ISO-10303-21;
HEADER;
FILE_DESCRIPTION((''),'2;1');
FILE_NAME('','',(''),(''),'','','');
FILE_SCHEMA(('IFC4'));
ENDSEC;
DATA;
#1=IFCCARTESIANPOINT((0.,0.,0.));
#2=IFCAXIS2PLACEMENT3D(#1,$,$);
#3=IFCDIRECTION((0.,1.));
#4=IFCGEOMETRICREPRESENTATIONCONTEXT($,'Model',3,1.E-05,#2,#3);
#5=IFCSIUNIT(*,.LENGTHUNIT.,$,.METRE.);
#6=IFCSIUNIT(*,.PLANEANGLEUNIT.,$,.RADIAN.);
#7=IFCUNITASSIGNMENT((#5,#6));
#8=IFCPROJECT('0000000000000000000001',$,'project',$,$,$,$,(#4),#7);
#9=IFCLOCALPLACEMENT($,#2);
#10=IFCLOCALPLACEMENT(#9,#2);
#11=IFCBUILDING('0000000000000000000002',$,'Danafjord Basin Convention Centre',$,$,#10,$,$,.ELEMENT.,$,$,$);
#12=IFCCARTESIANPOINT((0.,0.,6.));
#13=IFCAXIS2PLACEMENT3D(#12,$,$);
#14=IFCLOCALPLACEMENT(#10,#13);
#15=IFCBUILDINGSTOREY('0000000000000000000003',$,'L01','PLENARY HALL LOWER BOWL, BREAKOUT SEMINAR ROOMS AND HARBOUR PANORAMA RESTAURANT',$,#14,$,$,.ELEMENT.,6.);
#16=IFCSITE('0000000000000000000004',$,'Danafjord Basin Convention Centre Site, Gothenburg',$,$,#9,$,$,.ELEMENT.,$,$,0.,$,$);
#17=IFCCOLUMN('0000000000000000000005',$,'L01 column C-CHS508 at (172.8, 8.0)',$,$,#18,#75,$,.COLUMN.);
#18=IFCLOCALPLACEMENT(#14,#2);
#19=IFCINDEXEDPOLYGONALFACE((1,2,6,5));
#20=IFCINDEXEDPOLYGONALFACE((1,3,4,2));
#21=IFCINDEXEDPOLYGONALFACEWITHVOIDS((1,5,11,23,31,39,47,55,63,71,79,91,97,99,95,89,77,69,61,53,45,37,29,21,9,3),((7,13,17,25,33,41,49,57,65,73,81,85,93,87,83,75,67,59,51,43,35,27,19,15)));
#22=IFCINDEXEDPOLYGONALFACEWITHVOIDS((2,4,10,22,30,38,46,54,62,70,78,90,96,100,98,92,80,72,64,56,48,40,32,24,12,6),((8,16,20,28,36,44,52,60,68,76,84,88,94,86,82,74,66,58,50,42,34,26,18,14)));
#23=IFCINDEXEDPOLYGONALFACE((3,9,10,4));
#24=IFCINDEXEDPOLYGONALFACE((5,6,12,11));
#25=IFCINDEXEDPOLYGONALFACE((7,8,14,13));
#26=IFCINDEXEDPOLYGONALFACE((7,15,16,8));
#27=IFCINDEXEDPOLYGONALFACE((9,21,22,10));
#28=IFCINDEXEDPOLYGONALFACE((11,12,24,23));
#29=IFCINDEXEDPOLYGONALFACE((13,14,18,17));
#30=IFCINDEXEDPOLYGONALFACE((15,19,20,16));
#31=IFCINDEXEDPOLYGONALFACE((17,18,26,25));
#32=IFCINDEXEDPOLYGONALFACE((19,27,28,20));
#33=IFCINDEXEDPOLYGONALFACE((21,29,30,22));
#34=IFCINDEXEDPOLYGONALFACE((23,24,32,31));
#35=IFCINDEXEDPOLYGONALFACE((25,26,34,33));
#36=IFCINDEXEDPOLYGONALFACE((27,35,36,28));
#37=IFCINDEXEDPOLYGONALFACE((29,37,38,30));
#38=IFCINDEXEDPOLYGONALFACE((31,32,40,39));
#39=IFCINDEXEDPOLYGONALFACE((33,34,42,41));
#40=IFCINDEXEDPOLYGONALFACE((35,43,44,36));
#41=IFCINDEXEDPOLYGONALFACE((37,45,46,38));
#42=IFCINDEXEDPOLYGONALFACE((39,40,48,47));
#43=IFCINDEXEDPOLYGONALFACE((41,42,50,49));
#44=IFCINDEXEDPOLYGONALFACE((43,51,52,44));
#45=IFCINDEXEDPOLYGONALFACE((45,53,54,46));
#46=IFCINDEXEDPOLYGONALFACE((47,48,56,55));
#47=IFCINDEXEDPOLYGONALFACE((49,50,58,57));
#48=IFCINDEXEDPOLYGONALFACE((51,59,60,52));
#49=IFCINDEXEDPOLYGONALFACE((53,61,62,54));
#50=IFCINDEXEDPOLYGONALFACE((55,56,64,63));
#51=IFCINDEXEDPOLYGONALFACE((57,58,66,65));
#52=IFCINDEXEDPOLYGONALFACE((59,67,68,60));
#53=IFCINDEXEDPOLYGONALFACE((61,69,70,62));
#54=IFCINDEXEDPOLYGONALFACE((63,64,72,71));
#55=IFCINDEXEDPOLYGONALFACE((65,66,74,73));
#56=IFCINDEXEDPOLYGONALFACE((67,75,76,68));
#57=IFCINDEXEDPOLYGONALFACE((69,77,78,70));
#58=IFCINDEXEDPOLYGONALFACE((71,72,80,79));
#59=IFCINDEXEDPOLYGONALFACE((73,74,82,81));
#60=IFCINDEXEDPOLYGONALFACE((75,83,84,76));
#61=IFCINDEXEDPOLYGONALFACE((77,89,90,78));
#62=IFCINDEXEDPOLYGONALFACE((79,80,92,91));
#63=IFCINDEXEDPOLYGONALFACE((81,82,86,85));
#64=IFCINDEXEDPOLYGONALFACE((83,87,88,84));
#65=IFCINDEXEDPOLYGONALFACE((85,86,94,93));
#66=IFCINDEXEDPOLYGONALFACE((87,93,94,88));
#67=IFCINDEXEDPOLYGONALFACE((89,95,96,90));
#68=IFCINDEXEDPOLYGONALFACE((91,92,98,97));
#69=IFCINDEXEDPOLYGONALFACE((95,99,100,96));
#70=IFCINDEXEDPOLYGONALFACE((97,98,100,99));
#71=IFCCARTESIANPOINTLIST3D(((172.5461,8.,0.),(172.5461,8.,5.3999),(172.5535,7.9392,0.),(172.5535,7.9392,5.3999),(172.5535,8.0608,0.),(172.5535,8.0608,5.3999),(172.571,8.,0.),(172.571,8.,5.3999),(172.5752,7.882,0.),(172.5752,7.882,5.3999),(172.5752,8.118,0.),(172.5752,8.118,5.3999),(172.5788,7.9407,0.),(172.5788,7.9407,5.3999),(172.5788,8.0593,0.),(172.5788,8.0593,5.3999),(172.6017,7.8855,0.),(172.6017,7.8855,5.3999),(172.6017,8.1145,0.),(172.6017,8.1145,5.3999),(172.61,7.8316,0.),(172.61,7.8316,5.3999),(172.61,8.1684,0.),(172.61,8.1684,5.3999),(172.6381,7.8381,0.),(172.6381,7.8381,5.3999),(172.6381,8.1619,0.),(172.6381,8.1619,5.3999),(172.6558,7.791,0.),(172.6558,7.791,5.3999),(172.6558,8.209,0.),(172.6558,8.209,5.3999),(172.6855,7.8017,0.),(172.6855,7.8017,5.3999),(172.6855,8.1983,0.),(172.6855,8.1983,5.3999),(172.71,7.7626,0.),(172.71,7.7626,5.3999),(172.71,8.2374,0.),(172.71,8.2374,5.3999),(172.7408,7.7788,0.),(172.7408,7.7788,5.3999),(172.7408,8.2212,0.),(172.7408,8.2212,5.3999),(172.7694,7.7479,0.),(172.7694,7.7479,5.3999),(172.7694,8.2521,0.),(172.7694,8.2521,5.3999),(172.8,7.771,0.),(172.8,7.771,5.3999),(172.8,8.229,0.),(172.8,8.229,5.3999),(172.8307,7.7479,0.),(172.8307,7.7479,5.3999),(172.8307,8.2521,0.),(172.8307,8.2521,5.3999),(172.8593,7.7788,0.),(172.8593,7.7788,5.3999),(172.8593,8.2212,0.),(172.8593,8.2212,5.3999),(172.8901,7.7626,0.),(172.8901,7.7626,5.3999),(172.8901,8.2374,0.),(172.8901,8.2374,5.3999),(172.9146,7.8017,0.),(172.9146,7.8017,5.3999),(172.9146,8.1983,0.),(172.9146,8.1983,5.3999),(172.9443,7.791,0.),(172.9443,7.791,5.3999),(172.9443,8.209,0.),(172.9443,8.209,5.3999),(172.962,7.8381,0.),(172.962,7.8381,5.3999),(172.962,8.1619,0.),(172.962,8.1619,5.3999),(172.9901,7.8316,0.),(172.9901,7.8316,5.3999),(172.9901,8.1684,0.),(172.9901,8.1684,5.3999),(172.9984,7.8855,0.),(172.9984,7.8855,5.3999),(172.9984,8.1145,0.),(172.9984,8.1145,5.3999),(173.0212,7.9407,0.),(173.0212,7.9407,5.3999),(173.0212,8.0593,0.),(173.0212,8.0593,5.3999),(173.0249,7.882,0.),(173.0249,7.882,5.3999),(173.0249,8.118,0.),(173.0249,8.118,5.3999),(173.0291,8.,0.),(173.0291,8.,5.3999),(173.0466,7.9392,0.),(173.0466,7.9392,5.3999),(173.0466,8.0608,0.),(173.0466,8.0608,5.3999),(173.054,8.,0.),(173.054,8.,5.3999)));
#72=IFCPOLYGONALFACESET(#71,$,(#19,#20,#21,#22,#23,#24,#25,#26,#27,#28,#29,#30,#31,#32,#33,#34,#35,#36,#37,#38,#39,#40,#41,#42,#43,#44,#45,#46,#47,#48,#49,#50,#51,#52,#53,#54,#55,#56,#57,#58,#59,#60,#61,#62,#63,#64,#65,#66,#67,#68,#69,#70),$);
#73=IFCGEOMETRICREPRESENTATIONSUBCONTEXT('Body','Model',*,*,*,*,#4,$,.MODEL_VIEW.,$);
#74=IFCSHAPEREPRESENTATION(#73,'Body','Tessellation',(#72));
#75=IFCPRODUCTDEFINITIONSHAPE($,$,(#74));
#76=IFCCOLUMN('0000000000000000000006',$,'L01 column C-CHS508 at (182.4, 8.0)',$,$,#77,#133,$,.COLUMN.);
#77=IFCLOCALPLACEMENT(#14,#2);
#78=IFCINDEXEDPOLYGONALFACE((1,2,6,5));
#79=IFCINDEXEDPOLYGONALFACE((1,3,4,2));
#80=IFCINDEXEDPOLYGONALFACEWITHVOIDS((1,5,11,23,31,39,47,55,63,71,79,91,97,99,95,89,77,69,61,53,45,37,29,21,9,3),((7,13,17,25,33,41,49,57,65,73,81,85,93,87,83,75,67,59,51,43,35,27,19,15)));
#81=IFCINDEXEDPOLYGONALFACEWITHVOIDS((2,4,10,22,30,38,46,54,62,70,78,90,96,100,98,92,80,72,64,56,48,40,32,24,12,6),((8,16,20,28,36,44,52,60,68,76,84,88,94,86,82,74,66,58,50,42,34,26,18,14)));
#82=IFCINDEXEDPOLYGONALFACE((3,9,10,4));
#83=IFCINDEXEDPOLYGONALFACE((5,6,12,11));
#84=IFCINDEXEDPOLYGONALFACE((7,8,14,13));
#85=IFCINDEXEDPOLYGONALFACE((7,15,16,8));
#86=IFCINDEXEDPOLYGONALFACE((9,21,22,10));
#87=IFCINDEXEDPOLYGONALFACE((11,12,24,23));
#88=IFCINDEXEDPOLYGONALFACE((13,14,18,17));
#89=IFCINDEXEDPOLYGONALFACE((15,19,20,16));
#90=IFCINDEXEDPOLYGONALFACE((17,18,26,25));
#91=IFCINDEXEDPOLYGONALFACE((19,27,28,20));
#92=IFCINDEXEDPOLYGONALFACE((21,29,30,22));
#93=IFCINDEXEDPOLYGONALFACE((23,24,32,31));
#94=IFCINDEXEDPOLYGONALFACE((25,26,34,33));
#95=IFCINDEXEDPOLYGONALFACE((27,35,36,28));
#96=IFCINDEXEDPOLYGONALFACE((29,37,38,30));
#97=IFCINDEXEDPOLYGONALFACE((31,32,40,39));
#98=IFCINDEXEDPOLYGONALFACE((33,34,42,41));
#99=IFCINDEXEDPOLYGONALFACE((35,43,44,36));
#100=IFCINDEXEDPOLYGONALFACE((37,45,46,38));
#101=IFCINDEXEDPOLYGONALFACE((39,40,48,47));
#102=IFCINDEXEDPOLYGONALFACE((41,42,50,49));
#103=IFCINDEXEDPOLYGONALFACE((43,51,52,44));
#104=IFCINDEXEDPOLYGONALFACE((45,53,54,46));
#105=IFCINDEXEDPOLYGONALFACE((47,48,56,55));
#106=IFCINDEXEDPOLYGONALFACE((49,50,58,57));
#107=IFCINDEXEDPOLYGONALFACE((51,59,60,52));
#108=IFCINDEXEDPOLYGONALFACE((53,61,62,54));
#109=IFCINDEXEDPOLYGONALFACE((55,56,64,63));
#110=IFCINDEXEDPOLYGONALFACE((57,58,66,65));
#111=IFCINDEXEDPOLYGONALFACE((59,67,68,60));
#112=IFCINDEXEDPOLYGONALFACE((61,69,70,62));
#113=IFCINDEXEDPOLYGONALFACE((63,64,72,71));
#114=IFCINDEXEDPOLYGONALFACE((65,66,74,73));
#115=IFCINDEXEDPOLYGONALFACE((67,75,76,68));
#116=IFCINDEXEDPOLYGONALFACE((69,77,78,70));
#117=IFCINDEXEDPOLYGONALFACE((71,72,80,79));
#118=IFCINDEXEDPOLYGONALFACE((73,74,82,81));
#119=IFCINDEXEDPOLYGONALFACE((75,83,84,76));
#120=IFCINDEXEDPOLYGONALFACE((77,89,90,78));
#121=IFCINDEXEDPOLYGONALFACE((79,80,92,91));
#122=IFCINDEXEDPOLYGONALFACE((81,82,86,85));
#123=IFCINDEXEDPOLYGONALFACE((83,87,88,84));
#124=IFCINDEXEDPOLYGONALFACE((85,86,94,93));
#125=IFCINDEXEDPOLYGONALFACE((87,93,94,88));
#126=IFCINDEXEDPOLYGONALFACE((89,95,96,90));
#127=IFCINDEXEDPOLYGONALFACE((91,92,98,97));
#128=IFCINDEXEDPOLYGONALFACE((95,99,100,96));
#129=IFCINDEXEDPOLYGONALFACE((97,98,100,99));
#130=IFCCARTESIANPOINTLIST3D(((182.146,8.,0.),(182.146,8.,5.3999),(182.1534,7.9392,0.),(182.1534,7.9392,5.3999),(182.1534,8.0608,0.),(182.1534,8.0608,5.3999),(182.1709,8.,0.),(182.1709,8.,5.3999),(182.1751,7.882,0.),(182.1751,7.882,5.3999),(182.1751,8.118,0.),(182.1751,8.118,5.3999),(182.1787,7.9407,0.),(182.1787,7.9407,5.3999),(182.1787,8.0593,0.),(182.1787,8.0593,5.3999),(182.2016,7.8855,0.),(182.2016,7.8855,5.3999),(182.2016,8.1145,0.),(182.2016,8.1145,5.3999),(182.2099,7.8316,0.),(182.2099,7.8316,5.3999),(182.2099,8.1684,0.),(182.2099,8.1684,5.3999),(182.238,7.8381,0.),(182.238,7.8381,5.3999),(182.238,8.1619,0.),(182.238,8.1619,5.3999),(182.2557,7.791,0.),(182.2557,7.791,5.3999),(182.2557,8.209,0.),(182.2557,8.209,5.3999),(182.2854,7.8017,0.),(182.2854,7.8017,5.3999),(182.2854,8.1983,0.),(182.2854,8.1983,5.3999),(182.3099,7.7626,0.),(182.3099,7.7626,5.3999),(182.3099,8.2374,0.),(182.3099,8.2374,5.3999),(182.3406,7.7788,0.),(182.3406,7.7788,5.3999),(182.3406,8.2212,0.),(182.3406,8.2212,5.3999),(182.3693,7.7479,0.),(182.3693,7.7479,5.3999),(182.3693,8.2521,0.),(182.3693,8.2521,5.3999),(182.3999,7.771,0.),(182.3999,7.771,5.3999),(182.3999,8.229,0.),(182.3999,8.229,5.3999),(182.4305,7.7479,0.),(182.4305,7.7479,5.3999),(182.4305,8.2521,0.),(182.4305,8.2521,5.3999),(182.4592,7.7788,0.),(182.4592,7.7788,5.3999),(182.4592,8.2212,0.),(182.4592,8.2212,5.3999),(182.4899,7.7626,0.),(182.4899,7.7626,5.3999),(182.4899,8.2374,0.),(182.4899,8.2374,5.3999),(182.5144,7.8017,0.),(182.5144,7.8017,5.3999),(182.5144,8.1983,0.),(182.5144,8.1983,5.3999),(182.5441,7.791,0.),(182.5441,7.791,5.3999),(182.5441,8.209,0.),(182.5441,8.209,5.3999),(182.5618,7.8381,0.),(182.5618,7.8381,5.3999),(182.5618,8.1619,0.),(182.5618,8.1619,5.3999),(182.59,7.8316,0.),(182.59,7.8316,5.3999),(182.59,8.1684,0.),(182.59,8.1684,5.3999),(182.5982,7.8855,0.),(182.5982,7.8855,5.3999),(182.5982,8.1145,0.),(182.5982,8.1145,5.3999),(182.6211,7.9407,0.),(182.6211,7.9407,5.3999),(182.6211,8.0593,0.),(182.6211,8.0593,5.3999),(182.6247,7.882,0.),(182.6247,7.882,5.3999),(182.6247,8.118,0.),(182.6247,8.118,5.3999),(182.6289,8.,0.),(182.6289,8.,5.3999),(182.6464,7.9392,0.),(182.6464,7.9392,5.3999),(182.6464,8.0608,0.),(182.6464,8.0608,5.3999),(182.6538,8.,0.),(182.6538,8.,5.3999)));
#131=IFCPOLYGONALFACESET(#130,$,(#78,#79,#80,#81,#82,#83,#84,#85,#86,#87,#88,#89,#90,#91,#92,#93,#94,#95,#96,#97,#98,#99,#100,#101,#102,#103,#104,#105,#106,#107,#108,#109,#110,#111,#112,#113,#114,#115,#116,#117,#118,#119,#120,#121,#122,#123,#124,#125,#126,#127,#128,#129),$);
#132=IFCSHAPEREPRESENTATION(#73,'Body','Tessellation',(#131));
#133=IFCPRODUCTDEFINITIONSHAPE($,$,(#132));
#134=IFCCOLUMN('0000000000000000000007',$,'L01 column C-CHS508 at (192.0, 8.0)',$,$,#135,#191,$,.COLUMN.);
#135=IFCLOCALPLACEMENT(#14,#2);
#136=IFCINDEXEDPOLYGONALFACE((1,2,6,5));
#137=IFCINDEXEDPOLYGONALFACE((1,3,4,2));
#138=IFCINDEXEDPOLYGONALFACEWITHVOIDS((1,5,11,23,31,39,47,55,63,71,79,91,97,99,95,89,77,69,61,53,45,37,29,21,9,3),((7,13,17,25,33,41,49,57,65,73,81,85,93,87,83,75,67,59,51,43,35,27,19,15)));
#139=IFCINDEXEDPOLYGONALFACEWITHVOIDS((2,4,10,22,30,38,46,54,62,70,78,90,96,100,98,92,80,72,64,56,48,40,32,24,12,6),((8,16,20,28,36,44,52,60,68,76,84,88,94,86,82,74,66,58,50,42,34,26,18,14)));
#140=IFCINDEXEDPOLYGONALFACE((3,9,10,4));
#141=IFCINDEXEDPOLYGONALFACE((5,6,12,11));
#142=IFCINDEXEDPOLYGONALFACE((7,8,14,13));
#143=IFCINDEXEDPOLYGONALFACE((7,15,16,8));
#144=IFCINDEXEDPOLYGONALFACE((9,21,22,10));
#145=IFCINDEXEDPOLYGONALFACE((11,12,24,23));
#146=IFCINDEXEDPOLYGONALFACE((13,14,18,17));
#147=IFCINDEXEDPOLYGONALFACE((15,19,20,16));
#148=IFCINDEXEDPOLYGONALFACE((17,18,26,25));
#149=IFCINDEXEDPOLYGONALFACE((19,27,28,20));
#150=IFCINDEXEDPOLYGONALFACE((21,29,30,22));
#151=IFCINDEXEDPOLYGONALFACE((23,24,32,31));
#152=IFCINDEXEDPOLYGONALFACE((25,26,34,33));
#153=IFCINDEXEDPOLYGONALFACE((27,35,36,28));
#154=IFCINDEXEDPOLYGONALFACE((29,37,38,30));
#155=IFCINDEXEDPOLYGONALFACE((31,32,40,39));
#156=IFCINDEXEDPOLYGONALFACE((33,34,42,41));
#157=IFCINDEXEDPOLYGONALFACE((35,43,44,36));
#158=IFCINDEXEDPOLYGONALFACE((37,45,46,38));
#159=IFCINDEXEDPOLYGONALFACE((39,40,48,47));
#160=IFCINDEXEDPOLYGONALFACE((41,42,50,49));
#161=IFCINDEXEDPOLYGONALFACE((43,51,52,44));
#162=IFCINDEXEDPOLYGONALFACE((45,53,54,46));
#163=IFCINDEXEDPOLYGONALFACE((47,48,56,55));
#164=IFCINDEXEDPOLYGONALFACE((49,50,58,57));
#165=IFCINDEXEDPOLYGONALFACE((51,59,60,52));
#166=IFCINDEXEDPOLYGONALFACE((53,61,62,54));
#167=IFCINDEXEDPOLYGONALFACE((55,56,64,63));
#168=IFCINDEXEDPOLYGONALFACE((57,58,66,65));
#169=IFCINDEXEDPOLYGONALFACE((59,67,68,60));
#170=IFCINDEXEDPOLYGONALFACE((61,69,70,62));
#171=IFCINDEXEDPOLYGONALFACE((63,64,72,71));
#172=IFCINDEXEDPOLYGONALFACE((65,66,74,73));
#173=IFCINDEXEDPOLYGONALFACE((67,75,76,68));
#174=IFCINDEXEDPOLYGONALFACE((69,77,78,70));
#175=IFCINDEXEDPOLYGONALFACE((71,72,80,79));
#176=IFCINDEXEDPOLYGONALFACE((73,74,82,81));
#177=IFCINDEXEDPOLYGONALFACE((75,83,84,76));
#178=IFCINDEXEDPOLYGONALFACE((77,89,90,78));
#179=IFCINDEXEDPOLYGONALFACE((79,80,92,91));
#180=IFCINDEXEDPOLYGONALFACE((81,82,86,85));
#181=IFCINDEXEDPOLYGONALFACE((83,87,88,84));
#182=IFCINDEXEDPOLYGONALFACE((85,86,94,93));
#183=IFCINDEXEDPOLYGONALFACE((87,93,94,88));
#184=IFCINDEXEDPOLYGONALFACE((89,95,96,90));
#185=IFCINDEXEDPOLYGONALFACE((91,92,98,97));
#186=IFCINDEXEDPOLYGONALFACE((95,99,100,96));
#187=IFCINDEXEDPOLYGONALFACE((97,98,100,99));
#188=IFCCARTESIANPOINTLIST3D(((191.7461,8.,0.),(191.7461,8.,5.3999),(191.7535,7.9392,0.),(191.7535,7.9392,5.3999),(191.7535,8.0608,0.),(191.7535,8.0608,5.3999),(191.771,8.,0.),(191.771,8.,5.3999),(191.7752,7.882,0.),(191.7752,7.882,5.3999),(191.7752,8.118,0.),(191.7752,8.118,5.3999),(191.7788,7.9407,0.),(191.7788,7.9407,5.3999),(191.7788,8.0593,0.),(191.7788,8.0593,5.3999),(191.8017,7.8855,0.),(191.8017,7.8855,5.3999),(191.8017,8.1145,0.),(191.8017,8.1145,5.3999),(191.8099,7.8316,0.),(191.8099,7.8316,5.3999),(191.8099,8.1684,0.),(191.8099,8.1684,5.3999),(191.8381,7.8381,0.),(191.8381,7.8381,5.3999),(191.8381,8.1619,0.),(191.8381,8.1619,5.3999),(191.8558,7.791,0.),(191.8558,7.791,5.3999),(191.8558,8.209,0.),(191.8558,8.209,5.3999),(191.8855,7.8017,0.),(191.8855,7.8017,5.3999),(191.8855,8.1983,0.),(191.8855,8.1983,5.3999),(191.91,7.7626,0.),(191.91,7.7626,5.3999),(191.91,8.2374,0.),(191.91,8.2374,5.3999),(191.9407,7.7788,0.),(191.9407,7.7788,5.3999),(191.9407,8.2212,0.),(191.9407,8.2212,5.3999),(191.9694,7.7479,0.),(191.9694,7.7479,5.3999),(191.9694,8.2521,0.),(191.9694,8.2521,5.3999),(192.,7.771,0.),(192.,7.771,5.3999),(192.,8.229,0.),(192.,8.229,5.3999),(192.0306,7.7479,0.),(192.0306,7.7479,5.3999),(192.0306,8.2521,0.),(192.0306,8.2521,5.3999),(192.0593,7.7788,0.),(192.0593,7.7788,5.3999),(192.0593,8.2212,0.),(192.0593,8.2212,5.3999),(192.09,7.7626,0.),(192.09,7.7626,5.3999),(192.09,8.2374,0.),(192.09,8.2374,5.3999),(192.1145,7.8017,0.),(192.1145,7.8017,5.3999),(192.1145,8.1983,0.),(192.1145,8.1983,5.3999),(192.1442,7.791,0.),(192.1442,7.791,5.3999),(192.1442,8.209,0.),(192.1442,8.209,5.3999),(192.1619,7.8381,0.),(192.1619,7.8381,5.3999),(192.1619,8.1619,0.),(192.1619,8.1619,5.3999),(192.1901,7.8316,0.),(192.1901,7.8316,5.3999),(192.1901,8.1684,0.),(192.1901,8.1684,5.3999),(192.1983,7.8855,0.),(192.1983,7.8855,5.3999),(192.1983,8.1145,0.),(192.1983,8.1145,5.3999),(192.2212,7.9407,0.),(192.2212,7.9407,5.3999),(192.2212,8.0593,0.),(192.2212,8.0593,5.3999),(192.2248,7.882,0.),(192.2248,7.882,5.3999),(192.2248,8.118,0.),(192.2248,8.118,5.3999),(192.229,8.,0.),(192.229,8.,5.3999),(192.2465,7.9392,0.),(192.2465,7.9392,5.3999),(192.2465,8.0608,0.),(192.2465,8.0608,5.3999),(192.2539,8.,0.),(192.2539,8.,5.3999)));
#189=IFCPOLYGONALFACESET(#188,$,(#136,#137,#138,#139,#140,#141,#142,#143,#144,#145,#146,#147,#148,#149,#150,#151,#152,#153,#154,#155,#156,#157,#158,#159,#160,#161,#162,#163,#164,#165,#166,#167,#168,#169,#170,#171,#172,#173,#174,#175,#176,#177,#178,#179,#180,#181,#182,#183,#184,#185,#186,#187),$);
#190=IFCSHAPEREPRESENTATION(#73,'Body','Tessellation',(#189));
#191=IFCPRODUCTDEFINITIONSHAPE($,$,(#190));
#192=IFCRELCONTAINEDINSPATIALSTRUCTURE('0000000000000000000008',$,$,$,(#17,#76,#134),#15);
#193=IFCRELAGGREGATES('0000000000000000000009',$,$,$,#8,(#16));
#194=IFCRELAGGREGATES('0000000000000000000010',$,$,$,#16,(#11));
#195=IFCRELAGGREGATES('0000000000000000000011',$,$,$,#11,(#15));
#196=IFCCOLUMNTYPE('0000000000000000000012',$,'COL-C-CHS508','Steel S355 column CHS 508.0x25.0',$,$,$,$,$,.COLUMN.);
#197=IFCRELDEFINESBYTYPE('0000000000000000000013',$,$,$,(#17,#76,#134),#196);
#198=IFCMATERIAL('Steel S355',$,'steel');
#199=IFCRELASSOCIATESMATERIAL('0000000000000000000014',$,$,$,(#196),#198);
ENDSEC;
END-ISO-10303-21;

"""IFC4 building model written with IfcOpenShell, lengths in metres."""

from ifc_helpers import new_model, si_unit, direction, frame, origin, origin_2d, place, context, subcontext, project, spatial, hollow_circle, extrude, material, material_profile, profile_set, type_object, element, save


model = new_model("IFC4")

# Units and contexts
model_context = context("Model", 3, precision=1e-05, world=origin(), true_north=direction((0.0, 1.0)))
body_context = subcontext(model_context, "Body", "Model", "MODEL_VIEW")
ifc_project = project(units=[si_unit("LENGTHUNIT", "METRE"), si_unit("PLANEANGLEUNIT", "RADIAN")], contexts=[model_context])

# Site, building, storey
site_placement = place(None, origin())
site = spatial("IfcSite", under=ifc_project, at=site_placement, Name="Danafjord Basin Convention Centre Site, Gothenburg", CompositionType="ELEMENT", RefElevation=0.0)
building_placement = place(site_placement, origin())
building = spatial("IfcBuilding", under=site, at=building_placement, Name="Danafjord Basin Convention Centre", CompositionType="ELEMENT")
storey_placement = place(building_placement, frame((0.0, 0.0, 6.0)))
storey = spatial("IfcBuildingStorey", under=building, at=storey_placement, Name="L01", Description="PLENARY HALL LOWER BOWL, BREAKOUT SEMINAR ROOMS AND HARBOUR PANORAMA RESTAURANT", CompositionType="ELEMENT", Elevation=6.0)

# Columns
ifc_material_1 = material(Name="Steel S355", Category="steel")
ifc_material_profile_1 = material_profile(ifc_material_1, hollow_circle(Radius=0.2539, WallThickness=0.0249, at=origin_2d()), Name="CHS 508.0x25.0")
ifc_profile_set_1 = profile_set([ifc_material_profile_1], Name="Steel S355")
column_type_1 = type_object("IfcColumnType", Name="COL-C-CHS508", Description="Steel S355 column CHS 508.0x25.0", PredefinedType="COLUMN", material=ifc_profile_set_1)
for number, where, z_axis, x_axis, name in (
    (1, (172.8, 8.0, 0.0), (0.0, 0.0, 1.0), (1.0, 0.0, 0.0), "L01 column C-CHS508 at (172.8, 8.0)"),
    (2, (182.3999, 8.0, 0.0), (0.0, 0.0, 1.0), (1.0, 0.0, 0.0), "L01 column C-CHS508 at (182.4, 8.0)"),
    (3, (192.0, 8.0, 0.0), (0.0, 0.0, 1.0), (1.0, 0.0, 0.0), "L01 column C-CHS508 at (192.0, 8.0)"),
):
    element("IfcColumn", number, at=place(storey_placement, frame(where, z_axis=z_axis, x_axis=x_axis)), inside=storey, type_object=column_type_1, Name=name, PredefinedType="COLUMN", context=body_context, shape_type="SweptSolid", body=[
        extrude(hollow_circle(Radius=0.2539, WallThickness=0.0249, at=origin_2d()), origin(), (0.0, 0.0, 1.0), 5.3999),
    ])

save(model, "model.ifc")
